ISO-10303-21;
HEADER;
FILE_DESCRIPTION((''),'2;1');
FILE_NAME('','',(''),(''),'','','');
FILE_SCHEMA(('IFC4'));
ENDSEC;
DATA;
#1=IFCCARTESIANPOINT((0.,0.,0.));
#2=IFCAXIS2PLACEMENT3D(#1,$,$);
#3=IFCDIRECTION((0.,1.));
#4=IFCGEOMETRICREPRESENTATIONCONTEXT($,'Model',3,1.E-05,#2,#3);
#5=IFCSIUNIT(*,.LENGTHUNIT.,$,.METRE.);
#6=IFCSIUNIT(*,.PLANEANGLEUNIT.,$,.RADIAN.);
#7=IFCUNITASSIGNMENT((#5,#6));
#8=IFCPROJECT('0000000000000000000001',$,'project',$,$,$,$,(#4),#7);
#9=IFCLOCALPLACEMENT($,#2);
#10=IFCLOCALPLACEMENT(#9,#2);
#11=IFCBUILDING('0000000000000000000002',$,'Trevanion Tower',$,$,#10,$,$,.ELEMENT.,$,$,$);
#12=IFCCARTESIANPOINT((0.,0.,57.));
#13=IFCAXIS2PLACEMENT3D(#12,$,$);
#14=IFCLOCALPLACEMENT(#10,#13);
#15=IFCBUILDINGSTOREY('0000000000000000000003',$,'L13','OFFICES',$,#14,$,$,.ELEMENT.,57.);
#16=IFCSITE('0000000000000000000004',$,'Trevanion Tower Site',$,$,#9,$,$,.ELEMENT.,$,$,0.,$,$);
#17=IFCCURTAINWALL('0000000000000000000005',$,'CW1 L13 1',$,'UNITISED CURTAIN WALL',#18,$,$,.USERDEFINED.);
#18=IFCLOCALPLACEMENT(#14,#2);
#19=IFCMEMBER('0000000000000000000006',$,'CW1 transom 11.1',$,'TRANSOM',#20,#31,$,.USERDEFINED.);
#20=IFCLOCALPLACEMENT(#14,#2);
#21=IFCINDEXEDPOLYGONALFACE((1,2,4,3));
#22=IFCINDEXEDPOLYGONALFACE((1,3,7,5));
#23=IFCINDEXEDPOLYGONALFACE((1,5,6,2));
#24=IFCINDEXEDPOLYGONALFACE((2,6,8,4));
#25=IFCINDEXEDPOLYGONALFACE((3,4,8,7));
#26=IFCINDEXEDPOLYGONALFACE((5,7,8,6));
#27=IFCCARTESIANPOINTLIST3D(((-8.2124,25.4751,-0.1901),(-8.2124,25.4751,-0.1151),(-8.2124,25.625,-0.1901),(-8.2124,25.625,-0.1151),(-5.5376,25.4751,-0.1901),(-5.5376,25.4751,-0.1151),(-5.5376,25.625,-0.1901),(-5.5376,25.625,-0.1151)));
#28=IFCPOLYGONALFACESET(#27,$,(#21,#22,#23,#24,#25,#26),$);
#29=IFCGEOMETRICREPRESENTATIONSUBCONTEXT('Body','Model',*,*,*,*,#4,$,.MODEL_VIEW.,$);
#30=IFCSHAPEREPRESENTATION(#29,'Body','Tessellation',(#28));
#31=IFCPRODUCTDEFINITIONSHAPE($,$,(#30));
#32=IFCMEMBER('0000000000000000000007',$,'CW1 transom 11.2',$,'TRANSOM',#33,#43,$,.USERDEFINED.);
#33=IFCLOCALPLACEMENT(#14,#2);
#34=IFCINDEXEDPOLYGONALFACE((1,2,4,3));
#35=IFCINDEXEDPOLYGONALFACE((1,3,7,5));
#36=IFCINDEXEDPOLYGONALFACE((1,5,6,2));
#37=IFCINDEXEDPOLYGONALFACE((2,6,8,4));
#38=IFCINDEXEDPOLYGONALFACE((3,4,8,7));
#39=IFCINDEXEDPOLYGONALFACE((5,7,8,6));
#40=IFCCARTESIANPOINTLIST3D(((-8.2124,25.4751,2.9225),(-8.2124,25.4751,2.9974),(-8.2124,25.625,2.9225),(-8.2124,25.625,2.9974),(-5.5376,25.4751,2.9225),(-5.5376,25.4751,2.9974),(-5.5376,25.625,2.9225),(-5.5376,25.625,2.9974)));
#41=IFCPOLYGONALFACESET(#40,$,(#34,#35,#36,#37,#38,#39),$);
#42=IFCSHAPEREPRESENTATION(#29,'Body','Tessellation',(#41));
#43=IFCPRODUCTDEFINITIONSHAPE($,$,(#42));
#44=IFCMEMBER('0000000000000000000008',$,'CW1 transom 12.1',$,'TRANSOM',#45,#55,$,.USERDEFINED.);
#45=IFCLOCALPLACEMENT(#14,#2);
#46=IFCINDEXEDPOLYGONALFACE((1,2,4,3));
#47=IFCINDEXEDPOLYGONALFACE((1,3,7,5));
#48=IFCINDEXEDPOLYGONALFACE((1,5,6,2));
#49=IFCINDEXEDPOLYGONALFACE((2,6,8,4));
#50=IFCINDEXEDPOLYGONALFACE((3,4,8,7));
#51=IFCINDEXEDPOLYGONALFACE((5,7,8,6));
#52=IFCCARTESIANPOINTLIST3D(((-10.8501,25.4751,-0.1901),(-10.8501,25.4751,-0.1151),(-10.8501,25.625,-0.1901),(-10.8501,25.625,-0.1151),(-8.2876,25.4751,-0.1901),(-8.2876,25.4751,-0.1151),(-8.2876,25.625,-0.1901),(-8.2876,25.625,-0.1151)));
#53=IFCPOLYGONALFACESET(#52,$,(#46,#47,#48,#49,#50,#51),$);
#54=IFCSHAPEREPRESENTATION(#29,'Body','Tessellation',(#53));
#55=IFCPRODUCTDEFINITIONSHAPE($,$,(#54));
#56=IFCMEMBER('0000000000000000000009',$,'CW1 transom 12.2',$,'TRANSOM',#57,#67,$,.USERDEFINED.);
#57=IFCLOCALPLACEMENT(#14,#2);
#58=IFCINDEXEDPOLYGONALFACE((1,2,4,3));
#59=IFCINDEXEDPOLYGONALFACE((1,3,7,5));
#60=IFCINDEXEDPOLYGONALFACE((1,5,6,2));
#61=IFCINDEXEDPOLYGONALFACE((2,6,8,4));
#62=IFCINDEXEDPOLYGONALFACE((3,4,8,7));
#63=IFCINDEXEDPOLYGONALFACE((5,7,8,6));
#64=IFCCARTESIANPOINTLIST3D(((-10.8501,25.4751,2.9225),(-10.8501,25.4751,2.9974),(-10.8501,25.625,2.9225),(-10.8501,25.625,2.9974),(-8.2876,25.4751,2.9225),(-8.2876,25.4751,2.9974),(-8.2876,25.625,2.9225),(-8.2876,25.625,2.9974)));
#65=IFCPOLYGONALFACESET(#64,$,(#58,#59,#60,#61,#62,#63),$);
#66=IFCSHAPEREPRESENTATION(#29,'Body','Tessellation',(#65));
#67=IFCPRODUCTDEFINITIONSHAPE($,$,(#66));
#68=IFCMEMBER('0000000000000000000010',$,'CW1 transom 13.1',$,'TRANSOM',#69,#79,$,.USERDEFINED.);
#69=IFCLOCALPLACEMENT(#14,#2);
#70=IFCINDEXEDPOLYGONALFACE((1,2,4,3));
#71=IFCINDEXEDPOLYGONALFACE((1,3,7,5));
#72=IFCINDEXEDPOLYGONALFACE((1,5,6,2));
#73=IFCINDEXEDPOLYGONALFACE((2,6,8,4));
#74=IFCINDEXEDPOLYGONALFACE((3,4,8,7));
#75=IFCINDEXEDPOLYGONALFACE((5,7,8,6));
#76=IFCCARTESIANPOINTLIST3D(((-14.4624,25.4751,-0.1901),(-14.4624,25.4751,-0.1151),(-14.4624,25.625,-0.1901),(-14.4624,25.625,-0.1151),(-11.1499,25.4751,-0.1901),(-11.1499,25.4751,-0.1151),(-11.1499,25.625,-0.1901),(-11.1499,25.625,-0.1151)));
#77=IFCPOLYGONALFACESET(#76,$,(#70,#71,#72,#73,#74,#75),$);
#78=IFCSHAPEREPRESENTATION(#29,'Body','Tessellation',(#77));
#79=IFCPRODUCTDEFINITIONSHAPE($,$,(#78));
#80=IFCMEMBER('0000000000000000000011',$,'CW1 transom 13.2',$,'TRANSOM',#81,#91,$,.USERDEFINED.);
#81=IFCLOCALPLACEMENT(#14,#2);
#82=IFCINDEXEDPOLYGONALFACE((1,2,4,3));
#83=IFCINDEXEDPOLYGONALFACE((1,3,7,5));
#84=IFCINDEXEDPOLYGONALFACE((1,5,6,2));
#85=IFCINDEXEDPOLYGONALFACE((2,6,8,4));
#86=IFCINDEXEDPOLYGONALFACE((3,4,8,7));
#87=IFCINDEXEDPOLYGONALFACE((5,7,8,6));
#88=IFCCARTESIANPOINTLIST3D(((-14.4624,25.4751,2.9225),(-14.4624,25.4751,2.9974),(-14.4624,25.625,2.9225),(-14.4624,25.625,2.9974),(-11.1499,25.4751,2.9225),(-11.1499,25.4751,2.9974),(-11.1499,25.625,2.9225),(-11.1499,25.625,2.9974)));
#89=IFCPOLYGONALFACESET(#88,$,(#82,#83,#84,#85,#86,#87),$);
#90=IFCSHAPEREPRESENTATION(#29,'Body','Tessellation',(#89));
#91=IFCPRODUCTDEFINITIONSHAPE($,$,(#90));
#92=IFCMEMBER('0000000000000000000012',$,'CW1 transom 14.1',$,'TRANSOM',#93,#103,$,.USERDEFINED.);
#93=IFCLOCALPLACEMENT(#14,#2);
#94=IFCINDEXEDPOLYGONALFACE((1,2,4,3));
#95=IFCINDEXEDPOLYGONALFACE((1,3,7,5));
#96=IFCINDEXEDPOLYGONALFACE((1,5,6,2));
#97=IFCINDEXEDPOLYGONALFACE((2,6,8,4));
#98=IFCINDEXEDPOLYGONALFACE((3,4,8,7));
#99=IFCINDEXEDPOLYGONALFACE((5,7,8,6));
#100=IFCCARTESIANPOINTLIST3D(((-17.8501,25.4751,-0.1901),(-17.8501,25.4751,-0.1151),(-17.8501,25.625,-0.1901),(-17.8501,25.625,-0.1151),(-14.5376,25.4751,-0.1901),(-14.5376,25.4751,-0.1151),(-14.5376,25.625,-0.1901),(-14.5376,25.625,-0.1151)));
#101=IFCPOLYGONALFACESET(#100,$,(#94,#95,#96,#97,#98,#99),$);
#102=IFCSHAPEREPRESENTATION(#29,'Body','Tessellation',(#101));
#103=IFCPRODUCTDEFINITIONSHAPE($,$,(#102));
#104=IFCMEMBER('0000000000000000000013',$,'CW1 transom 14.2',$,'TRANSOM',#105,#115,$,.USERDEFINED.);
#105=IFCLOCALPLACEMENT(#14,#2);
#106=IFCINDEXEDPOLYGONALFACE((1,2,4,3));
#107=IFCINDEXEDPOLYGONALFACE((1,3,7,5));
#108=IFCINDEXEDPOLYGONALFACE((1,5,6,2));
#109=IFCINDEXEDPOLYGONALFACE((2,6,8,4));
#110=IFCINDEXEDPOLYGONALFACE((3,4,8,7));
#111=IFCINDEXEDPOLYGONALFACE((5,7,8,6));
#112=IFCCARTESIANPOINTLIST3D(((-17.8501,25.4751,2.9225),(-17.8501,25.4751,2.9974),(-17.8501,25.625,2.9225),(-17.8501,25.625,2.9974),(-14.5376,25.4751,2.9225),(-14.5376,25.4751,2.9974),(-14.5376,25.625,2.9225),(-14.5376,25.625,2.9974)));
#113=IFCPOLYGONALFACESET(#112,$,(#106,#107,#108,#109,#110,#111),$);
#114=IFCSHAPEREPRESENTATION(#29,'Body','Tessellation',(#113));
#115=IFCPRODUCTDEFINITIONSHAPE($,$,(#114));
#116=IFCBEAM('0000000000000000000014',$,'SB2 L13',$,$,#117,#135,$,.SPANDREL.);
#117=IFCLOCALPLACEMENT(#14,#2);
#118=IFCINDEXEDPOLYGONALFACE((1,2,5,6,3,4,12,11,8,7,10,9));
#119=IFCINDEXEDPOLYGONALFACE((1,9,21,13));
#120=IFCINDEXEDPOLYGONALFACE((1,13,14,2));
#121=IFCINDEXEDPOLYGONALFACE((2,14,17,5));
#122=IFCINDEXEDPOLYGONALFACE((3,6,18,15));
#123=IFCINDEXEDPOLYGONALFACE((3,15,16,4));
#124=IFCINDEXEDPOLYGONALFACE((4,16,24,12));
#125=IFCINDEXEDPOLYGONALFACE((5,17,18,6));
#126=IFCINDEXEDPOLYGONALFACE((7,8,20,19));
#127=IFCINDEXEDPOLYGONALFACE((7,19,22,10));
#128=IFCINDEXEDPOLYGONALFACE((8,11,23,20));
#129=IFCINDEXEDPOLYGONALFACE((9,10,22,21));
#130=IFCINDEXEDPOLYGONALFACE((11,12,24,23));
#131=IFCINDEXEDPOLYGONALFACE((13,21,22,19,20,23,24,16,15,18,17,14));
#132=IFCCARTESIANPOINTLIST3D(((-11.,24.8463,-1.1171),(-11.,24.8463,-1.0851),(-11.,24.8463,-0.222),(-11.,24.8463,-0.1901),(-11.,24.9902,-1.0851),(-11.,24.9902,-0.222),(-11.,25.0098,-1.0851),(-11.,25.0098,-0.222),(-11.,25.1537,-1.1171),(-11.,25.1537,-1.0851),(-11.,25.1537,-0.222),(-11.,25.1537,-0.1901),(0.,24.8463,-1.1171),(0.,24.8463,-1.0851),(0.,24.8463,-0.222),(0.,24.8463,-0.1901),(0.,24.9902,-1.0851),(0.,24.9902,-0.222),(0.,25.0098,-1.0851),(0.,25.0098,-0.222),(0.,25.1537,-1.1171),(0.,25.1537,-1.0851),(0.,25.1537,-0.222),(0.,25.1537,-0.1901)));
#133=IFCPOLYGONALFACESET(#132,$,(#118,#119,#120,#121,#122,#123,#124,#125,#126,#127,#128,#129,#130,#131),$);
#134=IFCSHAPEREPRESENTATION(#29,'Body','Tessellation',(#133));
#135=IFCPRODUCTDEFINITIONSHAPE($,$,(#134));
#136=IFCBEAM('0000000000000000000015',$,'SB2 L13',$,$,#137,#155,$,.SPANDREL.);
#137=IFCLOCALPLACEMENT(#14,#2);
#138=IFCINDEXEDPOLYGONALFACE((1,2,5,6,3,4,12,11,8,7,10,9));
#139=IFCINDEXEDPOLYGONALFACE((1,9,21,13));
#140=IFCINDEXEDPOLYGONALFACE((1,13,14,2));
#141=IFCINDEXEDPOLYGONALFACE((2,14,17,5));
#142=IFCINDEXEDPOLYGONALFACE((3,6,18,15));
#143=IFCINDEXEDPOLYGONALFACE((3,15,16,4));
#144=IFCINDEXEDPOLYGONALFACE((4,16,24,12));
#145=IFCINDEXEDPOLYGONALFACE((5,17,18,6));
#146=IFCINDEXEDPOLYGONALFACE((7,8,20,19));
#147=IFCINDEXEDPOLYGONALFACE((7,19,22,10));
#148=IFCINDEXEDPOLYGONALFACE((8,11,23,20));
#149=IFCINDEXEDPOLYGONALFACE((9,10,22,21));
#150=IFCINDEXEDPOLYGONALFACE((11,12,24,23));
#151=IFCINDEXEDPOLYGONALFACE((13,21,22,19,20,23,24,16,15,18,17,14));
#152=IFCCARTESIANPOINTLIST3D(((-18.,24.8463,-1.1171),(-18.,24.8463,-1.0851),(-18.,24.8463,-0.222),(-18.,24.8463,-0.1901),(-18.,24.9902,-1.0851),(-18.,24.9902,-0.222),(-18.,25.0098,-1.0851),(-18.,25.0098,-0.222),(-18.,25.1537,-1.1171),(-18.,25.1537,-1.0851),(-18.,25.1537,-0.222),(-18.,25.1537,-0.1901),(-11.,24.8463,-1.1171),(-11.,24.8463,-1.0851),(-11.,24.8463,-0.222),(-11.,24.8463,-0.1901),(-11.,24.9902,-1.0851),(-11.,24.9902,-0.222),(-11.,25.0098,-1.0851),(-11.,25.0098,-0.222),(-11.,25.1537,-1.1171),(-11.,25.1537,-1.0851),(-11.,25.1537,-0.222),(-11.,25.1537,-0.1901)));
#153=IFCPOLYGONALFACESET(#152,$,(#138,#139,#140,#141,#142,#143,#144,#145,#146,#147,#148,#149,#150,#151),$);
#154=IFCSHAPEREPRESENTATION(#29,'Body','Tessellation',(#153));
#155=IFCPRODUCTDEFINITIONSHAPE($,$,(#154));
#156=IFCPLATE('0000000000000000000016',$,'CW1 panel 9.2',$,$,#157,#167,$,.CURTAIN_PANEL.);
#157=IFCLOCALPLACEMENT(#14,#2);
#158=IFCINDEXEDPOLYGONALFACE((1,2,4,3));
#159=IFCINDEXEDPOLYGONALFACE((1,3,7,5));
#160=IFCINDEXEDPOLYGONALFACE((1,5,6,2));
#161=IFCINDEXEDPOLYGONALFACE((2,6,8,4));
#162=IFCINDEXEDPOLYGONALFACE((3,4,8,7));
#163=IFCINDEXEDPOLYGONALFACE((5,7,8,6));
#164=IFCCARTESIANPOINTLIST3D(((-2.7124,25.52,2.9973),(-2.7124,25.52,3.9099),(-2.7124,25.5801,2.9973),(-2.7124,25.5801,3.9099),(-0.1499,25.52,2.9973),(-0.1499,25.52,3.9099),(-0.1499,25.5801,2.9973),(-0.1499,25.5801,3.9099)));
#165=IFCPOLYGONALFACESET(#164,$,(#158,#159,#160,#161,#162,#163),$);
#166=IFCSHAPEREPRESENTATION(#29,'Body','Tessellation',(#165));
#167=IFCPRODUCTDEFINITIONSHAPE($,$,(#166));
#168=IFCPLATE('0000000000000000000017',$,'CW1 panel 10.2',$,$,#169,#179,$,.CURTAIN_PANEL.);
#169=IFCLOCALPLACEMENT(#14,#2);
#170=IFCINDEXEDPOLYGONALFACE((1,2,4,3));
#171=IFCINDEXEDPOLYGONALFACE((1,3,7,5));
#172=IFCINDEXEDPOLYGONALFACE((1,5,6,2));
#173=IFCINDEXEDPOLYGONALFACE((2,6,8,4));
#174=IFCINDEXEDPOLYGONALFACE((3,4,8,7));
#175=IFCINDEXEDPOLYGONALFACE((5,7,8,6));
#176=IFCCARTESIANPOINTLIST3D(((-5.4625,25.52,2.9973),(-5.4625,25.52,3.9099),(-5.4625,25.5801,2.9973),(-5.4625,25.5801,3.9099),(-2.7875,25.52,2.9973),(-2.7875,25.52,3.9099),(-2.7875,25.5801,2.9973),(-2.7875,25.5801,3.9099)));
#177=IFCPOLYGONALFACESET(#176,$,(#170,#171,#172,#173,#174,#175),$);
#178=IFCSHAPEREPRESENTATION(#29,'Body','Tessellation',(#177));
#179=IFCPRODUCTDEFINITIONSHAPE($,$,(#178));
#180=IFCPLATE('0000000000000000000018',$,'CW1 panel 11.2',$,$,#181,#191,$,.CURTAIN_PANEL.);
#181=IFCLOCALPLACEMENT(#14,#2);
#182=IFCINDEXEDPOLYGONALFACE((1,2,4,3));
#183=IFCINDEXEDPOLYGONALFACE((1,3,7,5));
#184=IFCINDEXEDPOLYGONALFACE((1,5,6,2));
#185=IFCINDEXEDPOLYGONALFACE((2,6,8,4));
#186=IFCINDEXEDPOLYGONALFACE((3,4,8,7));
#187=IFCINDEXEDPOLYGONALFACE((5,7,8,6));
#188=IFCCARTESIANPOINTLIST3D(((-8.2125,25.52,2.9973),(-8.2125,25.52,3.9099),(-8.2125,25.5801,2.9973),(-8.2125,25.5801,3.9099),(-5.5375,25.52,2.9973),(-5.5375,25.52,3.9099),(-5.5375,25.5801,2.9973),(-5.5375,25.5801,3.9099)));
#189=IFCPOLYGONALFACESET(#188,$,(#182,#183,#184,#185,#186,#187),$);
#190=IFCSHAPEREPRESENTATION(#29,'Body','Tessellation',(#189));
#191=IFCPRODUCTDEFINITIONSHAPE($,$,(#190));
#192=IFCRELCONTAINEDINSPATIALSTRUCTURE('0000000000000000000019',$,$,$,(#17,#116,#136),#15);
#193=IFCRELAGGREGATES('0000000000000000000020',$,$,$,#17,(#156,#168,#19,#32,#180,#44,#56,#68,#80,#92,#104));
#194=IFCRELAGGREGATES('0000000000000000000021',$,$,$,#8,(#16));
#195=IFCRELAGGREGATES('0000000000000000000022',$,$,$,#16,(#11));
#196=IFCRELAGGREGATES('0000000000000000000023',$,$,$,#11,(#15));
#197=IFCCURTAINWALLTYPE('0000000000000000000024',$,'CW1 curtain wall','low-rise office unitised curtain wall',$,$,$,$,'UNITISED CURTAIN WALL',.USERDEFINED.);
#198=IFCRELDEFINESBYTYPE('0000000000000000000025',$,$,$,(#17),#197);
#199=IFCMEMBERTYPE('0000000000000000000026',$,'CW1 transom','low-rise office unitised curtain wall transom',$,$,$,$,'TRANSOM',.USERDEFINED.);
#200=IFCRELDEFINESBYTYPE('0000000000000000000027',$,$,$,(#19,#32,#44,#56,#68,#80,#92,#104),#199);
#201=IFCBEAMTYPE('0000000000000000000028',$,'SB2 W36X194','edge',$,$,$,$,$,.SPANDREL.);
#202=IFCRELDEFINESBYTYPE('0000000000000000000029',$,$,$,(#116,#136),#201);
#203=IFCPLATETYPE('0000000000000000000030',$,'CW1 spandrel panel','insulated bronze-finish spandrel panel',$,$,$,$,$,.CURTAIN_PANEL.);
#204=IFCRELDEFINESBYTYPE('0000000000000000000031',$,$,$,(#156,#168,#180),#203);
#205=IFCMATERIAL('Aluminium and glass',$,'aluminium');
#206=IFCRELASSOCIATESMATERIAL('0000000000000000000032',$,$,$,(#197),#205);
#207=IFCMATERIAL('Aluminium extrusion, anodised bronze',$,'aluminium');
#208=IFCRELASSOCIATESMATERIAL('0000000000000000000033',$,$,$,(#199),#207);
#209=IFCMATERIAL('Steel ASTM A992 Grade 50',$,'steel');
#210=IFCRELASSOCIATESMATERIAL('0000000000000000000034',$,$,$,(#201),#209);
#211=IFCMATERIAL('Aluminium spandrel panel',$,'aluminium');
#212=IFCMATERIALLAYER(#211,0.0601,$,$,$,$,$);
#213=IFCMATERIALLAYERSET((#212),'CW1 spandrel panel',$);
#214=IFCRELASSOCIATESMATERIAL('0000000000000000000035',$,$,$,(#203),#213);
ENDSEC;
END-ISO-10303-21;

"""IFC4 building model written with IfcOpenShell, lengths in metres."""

from ifc_helpers import new_model, si_unit, direction, frame, origin, origin_2d, place, context, subcontext, project, spatial, rectangle, i_section, extrude, material, layer, layer_set, material_profile, profile_set, type_object, element, aggregate, save


model = new_model("IFC4")

# Units and contexts
model_context = context("Model", 3, precision=1e-05, world=origin(), true_north=direction((0.0, 1.0)))
body_context = subcontext(model_context, "Body", "Model", "MODEL_VIEW")
ifc_project = project(units=[si_unit("LENGTHUNIT", "METRE"), si_unit("PLANEANGLEUNIT", "RADIAN")], contexts=[model_context])

# Site, building, storey
site_placement = place(None, origin())
site = spatial("IfcSite", under=ifc_project, at=site_placement, Name="Trevanion Tower Site", CompositionType="ELEMENT", RefElevation=0.0)
building_placement = place(site_placement, origin())
building = spatial("IfcBuilding", under=site, at=building_placement, Name="Trevanion Tower", CompositionType="ELEMENT")
storey_placement = place(building_placement, frame((0.0, 0.0, 57.0)))
storey = spatial("IfcBuildingStorey", under=building, at=storey_placement, Name="L13", Description="OFFICES", CompositionType="ELEMENT", Elevation=57.0)

# Curtain wall, members
ifc_material_1 = material(Name="Aluminium and glass", Category="aluminium")
curtain_wall_type = type_object("IfcCurtainWallType", Name="CW1 curtain wall", Description="low-rise office unitised curtain wall", ElementType="UNITISED CURTAIN WALL", PredefinedType="USERDEFINED", material=ifc_material_1)
curtain_wall_placement = place(storey_placement, origin())
curtain_wall = element("IfcCurtainWall", 1, at=curtain_wall_placement, inside=storey, type_object=curtain_wall_type, Name="CW1 L13 1", ObjectType="UNITISED CURTAIN WALL", PredefinedType="USERDEFINED")
ifc_material_2 = material(Name="Aluminium extrusion, anodised bronze", Category="aluminium")
ifc_material_profile_1 = material_profile(ifc_material_2, rectangle(XDim=0.1499, YDim=0.075, at=origin_2d()), Name="CW1 transom")
ifc_profile_set_1 = profile_set([ifc_material_profile_1], Name="Aluminium extrusion, anodised bronze")
member_type_1 = type_object("IfcMemberType", Name="CW1 transom", Description="low-rise office unitised curtain wall transom", ElementType="TRANSOM", PredefinedType="USERDEFINED", material=ifc_profile_set_1)
member_1_placement = place(storey_placement, frame((-5.5376, 25.55, -0.1526), z_axis=(-1.0, 0.0, 0.0), x_axis=(0.0, -1.0, 0.0)))
member_1 = element("IfcMember", 2, at=member_1_placement, type_object=member_type_1, Name="CW1 transom 11.1", ObjectType="TRANSOM", PredefinedType="USERDEFINED", context=body_context, shape_type="SweptSolid", body=[
    extrude(rectangle(XDim=0.1499, YDim=0.075, at=origin_2d()), origin(), (0.0, 0.0, 1.0), 2.6748),
])
member_2_placement = place(storey_placement, frame((-5.5376, 25.55, 2.96), z_axis=(-1.0, 0.0, 0.0), x_axis=(0.0, -1.0, 0.0)))
member_2 = element("IfcMember", 3, at=member_2_placement, type_object=member_type_1, Name="CW1 transom 11.2", ObjectType="TRANSOM", PredefinedType="USERDEFINED", context=body_context, shape_type="SweptSolid", body=[
    extrude(rectangle(XDim=0.1499, YDim=0.075, at=origin_2d()), origin(), (0.0, 0.0, 1.0), 2.6748),
])
member_3_placement = place(storey_placement, frame((-8.2876, 25.55, -0.1526), z_axis=(-1.0, 0.0, 0.0), x_axis=(0.0, -1.0, 0.0)))
member_3 = element("IfcMember", 4, at=member_3_placement, type_object=member_type_1, Name="CW1 transom 12.1", ObjectType="TRANSOM", PredefinedType="USERDEFINED", context=body_context, shape_type="SweptSolid", body=[
    extrude(rectangle(XDim=0.1499, YDim=0.075, at=origin_2d()), origin(), (0.0, 0.0, 1.0), 2.5625),
])
member_4_placement = place(storey_placement, frame((-8.2876, 25.55, 2.96), z_axis=(-1.0, 0.0, 0.0), x_axis=(0.0, -1.0, 0.0)))
member_4 = element("IfcMember", 5, at=member_4_placement, type_object=member_type_1, Name="CW1 transom 12.2", ObjectType="TRANSOM", PredefinedType="USERDEFINED", context=body_context, shape_type="SweptSolid", body=[
    extrude(rectangle(XDim=0.1499, YDim=0.075, at=origin_2d()), origin(), (0.0, 0.0, 1.0), 2.5625),
])
member_5_placement = place(storey_placement, frame((-11.1499, 25.55, -0.1526), z_axis=(-1.0, 0.0, 0.0), x_axis=(0.0, -1.0, 0.0)))
member_5 = element("IfcMember", 6, at=member_5_placement, type_object=member_type_1, Name="CW1 transom 13.1", ObjectType="TRANSOM", PredefinedType="USERDEFINED", context=body_context, shape_type="SweptSolid", body=[
    extrude(rectangle(XDim=0.1499, YDim=0.075, at=origin_2d()), origin(), (0.0, 0.0, 1.0), 3.3125),
])
member_6_placement = place(storey_placement, frame((-11.1499, 25.55, 2.96), z_axis=(-1.0, 0.0, 0.0), x_axis=(0.0, -1.0, 0.0)))
member_6 = element("IfcMember", 7, at=member_6_placement, type_object=member_type_1, Name="CW1 transom 13.2", ObjectType="TRANSOM", PredefinedType="USERDEFINED", context=body_context, shape_type="SweptSolid", body=[
    extrude(rectangle(XDim=0.1499, YDim=0.075, at=origin_2d()), origin(), (0.0, 0.0, 1.0), 3.3125),
])
member_7_placement = place(storey_placement, frame((-14.5376, 25.55, -0.1526), z_axis=(-1.0, 0.0, 0.0), x_axis=(0.0, -1.0, 0.0)))
member_7 = element("IfcMember", 8, at=member_7_placement, type_object=member_type_1, Name="CW1 transom 14.1", ObjectType="TRANSOM", PredefinedType="USERDEFINED", context=body_context, shape_type="SweptSolid", body=[
    extrude(rectangle(XDim=0.1499, YDim=0.075, at=origin_2d()), origin(), (0.0, 0.0, 1.0), 3.3125),
])
member_8_placement = place(storey_placement, frame((-14.5376, 25.55, 2.96), z_axis=(-1.0, 0.0, 0.0), x_axis=(0.0, -1.0, 0.0)))
member_8 = element("IfcMember", 9, at=member_8_placement, type_object=member_type_1, Name="CW1 transom 14.2", ObjectType="TRANSOM", PredefinedType="USERDEFINED", context=body_context, shape_type="SweptSolid", body=[
    extrude(rectangle(XDim=0.1499, YDim=0.075, at=origin_2d()), origin(), (0.0, 0.0, 1.0), 3.3125),
])

# Beams
ifc_material_3 = material(Name="Steel ASTM A992 Grade 50", Category="steel")
ifc_material_profile_2 = material_profile(ifc_material_3, i_section(OverallWidth=0.3074, OverallDepth=0.927, WebThickness=0.0195, FlangeThickness=0.032, at=origin_2d()), Name="W36X194")
ifc_profile_set_2 = profile_set([ifc_material_profile_2], Name="Steel ASTM A992 Grade 50")
beam_type_1 = type_object("IfcBeamType", Name="SB2 W36X194", Description="edge", PredefinedType="SPANDREL", material=ifc_profile_set_2)
beam_1_placement = place(storey_placement, frame((0.0, 25.0, -0.6536), z_axis=(-1.0, 0.0, 0.0), x_axis=(0.0, -1.0, 0.0)))
element("IfcBeam", 10, at=beam_1_placement, inside=storey, type_object=beam_type_1, Name="SB2 L13", PredefinedType="SPANDREL", context=body_context, shape_type="SweptSolid", body=[
    extrude(i_section(OverallWidth=0.3074, OverallDepth=0.927, WebThickness=0.0195, FlangeThickness=0.032, at=origin_2d()), origin(), (0.0, 0.0, 1.0), 11.0),
])
beam_2_placement = place(storey_placement, frame((-11.0, 25.0, -0.6536), z_axis=(-1.0, 0.0, 0.0), x_axis=(0.0, -1.0, 0.0)))
element("IfcBeam", 11, at=beam_2_placement, inside=storey, type_object=beam_type_1, Name="SB2 L13", PredefinedType="SPANDREL", context=body_context, shape_type="SweptSolid", body=[
    extrude(i_section(OverallWidth=0.3074, OverallDepth=0.927, WebThickness=0.0195, FlangeThickness=0.032, at=origin_2d()), origin(), (0.0, 0.0, 1.0), 7.0),
])

# Plates
ifc_material_4 = material(Name="Aluminium spandrel panel", Category="aluminium")
ifc_layer_1 = layer(ifc_material_4, 0.0601)
ifc_layer_set_1 = layer_set([ifc_layer_1], Name="CW1 spandrel panel")
plate_type_1 = type_object("IfcPlateType", Name="CW1 spandrel panel", Description="insulated bronze-finish spandrel panel", PredefinedType="CURTAIN_PANEL", material=ifc_layer_set_1)
plate_1_placement = place(storey_placement, frame((-1.4312, 25.55, 2.9973), z_axis=(0.0, 0.0, 1.0), x_axis=(-1.0, 0.0, 0.0)))
plate_1 = element("IfcPlate", 12, at=plate_1_placement, type_object=plate_type_1, Name="CW1 panel 9.2", PredefinedType="CURTAIN_PANEL", context=body_context, shape_type="SweptSolid", body=[
    extrude(rectangle(XDim=2.5625, YDim=0.0601, at=origin_2d()), origin(), (0.0, 0.0, 1.0), 0.9126),
])
plate_2_placement = place(storey_placement, frame((-4.125, 25.55, 2.9973), z_axis=(0.0, 0.0, 1.0), x_axis=(-1.0, 0.0, 0.0)))
plate_2 = element("IfcPlate", 13, at=plate_2_placement, type_object=plate_type_1, Name="CW1 panel 10.2", PredefinedType="CURTAIN_PANEL", context=body_context, shape_type="SweptSolid", body=[
    extrude(rectangle(XDim=2.675, YDim=0.0601, at=origin_2d()), origin(), (0.0, 0.0, 1.0), 0.9126),
])
plate_3_placement = place(storey_placement, frame((-6.875, 25.55, 2.9973), z_axis=(0.0, 0.0, 1.0), x_axis=(-1.0, 0.0, 0.0)))
plate_3 = element("IfcPlate", 14, at=plate_3_placement, type_object=plate_type_1, Name="CW1 panel 11.2", PredefinedType="CURTAIN_PANEL", context=body_context, shape_type="SweptSolid", body=[
    extrude(rectangle(XDim=2.675, YDim=0.0601, at=origin_2d()), origin(), (0.0, 0.0, 1.0), 0.9126),
])
aggregate(curtain_wall, [plate_1, plate_2, member_1, member_2, plate_3, member_3, member_4, member_5, member_6, member_7, member_8])

save(model, "model.ifc")
